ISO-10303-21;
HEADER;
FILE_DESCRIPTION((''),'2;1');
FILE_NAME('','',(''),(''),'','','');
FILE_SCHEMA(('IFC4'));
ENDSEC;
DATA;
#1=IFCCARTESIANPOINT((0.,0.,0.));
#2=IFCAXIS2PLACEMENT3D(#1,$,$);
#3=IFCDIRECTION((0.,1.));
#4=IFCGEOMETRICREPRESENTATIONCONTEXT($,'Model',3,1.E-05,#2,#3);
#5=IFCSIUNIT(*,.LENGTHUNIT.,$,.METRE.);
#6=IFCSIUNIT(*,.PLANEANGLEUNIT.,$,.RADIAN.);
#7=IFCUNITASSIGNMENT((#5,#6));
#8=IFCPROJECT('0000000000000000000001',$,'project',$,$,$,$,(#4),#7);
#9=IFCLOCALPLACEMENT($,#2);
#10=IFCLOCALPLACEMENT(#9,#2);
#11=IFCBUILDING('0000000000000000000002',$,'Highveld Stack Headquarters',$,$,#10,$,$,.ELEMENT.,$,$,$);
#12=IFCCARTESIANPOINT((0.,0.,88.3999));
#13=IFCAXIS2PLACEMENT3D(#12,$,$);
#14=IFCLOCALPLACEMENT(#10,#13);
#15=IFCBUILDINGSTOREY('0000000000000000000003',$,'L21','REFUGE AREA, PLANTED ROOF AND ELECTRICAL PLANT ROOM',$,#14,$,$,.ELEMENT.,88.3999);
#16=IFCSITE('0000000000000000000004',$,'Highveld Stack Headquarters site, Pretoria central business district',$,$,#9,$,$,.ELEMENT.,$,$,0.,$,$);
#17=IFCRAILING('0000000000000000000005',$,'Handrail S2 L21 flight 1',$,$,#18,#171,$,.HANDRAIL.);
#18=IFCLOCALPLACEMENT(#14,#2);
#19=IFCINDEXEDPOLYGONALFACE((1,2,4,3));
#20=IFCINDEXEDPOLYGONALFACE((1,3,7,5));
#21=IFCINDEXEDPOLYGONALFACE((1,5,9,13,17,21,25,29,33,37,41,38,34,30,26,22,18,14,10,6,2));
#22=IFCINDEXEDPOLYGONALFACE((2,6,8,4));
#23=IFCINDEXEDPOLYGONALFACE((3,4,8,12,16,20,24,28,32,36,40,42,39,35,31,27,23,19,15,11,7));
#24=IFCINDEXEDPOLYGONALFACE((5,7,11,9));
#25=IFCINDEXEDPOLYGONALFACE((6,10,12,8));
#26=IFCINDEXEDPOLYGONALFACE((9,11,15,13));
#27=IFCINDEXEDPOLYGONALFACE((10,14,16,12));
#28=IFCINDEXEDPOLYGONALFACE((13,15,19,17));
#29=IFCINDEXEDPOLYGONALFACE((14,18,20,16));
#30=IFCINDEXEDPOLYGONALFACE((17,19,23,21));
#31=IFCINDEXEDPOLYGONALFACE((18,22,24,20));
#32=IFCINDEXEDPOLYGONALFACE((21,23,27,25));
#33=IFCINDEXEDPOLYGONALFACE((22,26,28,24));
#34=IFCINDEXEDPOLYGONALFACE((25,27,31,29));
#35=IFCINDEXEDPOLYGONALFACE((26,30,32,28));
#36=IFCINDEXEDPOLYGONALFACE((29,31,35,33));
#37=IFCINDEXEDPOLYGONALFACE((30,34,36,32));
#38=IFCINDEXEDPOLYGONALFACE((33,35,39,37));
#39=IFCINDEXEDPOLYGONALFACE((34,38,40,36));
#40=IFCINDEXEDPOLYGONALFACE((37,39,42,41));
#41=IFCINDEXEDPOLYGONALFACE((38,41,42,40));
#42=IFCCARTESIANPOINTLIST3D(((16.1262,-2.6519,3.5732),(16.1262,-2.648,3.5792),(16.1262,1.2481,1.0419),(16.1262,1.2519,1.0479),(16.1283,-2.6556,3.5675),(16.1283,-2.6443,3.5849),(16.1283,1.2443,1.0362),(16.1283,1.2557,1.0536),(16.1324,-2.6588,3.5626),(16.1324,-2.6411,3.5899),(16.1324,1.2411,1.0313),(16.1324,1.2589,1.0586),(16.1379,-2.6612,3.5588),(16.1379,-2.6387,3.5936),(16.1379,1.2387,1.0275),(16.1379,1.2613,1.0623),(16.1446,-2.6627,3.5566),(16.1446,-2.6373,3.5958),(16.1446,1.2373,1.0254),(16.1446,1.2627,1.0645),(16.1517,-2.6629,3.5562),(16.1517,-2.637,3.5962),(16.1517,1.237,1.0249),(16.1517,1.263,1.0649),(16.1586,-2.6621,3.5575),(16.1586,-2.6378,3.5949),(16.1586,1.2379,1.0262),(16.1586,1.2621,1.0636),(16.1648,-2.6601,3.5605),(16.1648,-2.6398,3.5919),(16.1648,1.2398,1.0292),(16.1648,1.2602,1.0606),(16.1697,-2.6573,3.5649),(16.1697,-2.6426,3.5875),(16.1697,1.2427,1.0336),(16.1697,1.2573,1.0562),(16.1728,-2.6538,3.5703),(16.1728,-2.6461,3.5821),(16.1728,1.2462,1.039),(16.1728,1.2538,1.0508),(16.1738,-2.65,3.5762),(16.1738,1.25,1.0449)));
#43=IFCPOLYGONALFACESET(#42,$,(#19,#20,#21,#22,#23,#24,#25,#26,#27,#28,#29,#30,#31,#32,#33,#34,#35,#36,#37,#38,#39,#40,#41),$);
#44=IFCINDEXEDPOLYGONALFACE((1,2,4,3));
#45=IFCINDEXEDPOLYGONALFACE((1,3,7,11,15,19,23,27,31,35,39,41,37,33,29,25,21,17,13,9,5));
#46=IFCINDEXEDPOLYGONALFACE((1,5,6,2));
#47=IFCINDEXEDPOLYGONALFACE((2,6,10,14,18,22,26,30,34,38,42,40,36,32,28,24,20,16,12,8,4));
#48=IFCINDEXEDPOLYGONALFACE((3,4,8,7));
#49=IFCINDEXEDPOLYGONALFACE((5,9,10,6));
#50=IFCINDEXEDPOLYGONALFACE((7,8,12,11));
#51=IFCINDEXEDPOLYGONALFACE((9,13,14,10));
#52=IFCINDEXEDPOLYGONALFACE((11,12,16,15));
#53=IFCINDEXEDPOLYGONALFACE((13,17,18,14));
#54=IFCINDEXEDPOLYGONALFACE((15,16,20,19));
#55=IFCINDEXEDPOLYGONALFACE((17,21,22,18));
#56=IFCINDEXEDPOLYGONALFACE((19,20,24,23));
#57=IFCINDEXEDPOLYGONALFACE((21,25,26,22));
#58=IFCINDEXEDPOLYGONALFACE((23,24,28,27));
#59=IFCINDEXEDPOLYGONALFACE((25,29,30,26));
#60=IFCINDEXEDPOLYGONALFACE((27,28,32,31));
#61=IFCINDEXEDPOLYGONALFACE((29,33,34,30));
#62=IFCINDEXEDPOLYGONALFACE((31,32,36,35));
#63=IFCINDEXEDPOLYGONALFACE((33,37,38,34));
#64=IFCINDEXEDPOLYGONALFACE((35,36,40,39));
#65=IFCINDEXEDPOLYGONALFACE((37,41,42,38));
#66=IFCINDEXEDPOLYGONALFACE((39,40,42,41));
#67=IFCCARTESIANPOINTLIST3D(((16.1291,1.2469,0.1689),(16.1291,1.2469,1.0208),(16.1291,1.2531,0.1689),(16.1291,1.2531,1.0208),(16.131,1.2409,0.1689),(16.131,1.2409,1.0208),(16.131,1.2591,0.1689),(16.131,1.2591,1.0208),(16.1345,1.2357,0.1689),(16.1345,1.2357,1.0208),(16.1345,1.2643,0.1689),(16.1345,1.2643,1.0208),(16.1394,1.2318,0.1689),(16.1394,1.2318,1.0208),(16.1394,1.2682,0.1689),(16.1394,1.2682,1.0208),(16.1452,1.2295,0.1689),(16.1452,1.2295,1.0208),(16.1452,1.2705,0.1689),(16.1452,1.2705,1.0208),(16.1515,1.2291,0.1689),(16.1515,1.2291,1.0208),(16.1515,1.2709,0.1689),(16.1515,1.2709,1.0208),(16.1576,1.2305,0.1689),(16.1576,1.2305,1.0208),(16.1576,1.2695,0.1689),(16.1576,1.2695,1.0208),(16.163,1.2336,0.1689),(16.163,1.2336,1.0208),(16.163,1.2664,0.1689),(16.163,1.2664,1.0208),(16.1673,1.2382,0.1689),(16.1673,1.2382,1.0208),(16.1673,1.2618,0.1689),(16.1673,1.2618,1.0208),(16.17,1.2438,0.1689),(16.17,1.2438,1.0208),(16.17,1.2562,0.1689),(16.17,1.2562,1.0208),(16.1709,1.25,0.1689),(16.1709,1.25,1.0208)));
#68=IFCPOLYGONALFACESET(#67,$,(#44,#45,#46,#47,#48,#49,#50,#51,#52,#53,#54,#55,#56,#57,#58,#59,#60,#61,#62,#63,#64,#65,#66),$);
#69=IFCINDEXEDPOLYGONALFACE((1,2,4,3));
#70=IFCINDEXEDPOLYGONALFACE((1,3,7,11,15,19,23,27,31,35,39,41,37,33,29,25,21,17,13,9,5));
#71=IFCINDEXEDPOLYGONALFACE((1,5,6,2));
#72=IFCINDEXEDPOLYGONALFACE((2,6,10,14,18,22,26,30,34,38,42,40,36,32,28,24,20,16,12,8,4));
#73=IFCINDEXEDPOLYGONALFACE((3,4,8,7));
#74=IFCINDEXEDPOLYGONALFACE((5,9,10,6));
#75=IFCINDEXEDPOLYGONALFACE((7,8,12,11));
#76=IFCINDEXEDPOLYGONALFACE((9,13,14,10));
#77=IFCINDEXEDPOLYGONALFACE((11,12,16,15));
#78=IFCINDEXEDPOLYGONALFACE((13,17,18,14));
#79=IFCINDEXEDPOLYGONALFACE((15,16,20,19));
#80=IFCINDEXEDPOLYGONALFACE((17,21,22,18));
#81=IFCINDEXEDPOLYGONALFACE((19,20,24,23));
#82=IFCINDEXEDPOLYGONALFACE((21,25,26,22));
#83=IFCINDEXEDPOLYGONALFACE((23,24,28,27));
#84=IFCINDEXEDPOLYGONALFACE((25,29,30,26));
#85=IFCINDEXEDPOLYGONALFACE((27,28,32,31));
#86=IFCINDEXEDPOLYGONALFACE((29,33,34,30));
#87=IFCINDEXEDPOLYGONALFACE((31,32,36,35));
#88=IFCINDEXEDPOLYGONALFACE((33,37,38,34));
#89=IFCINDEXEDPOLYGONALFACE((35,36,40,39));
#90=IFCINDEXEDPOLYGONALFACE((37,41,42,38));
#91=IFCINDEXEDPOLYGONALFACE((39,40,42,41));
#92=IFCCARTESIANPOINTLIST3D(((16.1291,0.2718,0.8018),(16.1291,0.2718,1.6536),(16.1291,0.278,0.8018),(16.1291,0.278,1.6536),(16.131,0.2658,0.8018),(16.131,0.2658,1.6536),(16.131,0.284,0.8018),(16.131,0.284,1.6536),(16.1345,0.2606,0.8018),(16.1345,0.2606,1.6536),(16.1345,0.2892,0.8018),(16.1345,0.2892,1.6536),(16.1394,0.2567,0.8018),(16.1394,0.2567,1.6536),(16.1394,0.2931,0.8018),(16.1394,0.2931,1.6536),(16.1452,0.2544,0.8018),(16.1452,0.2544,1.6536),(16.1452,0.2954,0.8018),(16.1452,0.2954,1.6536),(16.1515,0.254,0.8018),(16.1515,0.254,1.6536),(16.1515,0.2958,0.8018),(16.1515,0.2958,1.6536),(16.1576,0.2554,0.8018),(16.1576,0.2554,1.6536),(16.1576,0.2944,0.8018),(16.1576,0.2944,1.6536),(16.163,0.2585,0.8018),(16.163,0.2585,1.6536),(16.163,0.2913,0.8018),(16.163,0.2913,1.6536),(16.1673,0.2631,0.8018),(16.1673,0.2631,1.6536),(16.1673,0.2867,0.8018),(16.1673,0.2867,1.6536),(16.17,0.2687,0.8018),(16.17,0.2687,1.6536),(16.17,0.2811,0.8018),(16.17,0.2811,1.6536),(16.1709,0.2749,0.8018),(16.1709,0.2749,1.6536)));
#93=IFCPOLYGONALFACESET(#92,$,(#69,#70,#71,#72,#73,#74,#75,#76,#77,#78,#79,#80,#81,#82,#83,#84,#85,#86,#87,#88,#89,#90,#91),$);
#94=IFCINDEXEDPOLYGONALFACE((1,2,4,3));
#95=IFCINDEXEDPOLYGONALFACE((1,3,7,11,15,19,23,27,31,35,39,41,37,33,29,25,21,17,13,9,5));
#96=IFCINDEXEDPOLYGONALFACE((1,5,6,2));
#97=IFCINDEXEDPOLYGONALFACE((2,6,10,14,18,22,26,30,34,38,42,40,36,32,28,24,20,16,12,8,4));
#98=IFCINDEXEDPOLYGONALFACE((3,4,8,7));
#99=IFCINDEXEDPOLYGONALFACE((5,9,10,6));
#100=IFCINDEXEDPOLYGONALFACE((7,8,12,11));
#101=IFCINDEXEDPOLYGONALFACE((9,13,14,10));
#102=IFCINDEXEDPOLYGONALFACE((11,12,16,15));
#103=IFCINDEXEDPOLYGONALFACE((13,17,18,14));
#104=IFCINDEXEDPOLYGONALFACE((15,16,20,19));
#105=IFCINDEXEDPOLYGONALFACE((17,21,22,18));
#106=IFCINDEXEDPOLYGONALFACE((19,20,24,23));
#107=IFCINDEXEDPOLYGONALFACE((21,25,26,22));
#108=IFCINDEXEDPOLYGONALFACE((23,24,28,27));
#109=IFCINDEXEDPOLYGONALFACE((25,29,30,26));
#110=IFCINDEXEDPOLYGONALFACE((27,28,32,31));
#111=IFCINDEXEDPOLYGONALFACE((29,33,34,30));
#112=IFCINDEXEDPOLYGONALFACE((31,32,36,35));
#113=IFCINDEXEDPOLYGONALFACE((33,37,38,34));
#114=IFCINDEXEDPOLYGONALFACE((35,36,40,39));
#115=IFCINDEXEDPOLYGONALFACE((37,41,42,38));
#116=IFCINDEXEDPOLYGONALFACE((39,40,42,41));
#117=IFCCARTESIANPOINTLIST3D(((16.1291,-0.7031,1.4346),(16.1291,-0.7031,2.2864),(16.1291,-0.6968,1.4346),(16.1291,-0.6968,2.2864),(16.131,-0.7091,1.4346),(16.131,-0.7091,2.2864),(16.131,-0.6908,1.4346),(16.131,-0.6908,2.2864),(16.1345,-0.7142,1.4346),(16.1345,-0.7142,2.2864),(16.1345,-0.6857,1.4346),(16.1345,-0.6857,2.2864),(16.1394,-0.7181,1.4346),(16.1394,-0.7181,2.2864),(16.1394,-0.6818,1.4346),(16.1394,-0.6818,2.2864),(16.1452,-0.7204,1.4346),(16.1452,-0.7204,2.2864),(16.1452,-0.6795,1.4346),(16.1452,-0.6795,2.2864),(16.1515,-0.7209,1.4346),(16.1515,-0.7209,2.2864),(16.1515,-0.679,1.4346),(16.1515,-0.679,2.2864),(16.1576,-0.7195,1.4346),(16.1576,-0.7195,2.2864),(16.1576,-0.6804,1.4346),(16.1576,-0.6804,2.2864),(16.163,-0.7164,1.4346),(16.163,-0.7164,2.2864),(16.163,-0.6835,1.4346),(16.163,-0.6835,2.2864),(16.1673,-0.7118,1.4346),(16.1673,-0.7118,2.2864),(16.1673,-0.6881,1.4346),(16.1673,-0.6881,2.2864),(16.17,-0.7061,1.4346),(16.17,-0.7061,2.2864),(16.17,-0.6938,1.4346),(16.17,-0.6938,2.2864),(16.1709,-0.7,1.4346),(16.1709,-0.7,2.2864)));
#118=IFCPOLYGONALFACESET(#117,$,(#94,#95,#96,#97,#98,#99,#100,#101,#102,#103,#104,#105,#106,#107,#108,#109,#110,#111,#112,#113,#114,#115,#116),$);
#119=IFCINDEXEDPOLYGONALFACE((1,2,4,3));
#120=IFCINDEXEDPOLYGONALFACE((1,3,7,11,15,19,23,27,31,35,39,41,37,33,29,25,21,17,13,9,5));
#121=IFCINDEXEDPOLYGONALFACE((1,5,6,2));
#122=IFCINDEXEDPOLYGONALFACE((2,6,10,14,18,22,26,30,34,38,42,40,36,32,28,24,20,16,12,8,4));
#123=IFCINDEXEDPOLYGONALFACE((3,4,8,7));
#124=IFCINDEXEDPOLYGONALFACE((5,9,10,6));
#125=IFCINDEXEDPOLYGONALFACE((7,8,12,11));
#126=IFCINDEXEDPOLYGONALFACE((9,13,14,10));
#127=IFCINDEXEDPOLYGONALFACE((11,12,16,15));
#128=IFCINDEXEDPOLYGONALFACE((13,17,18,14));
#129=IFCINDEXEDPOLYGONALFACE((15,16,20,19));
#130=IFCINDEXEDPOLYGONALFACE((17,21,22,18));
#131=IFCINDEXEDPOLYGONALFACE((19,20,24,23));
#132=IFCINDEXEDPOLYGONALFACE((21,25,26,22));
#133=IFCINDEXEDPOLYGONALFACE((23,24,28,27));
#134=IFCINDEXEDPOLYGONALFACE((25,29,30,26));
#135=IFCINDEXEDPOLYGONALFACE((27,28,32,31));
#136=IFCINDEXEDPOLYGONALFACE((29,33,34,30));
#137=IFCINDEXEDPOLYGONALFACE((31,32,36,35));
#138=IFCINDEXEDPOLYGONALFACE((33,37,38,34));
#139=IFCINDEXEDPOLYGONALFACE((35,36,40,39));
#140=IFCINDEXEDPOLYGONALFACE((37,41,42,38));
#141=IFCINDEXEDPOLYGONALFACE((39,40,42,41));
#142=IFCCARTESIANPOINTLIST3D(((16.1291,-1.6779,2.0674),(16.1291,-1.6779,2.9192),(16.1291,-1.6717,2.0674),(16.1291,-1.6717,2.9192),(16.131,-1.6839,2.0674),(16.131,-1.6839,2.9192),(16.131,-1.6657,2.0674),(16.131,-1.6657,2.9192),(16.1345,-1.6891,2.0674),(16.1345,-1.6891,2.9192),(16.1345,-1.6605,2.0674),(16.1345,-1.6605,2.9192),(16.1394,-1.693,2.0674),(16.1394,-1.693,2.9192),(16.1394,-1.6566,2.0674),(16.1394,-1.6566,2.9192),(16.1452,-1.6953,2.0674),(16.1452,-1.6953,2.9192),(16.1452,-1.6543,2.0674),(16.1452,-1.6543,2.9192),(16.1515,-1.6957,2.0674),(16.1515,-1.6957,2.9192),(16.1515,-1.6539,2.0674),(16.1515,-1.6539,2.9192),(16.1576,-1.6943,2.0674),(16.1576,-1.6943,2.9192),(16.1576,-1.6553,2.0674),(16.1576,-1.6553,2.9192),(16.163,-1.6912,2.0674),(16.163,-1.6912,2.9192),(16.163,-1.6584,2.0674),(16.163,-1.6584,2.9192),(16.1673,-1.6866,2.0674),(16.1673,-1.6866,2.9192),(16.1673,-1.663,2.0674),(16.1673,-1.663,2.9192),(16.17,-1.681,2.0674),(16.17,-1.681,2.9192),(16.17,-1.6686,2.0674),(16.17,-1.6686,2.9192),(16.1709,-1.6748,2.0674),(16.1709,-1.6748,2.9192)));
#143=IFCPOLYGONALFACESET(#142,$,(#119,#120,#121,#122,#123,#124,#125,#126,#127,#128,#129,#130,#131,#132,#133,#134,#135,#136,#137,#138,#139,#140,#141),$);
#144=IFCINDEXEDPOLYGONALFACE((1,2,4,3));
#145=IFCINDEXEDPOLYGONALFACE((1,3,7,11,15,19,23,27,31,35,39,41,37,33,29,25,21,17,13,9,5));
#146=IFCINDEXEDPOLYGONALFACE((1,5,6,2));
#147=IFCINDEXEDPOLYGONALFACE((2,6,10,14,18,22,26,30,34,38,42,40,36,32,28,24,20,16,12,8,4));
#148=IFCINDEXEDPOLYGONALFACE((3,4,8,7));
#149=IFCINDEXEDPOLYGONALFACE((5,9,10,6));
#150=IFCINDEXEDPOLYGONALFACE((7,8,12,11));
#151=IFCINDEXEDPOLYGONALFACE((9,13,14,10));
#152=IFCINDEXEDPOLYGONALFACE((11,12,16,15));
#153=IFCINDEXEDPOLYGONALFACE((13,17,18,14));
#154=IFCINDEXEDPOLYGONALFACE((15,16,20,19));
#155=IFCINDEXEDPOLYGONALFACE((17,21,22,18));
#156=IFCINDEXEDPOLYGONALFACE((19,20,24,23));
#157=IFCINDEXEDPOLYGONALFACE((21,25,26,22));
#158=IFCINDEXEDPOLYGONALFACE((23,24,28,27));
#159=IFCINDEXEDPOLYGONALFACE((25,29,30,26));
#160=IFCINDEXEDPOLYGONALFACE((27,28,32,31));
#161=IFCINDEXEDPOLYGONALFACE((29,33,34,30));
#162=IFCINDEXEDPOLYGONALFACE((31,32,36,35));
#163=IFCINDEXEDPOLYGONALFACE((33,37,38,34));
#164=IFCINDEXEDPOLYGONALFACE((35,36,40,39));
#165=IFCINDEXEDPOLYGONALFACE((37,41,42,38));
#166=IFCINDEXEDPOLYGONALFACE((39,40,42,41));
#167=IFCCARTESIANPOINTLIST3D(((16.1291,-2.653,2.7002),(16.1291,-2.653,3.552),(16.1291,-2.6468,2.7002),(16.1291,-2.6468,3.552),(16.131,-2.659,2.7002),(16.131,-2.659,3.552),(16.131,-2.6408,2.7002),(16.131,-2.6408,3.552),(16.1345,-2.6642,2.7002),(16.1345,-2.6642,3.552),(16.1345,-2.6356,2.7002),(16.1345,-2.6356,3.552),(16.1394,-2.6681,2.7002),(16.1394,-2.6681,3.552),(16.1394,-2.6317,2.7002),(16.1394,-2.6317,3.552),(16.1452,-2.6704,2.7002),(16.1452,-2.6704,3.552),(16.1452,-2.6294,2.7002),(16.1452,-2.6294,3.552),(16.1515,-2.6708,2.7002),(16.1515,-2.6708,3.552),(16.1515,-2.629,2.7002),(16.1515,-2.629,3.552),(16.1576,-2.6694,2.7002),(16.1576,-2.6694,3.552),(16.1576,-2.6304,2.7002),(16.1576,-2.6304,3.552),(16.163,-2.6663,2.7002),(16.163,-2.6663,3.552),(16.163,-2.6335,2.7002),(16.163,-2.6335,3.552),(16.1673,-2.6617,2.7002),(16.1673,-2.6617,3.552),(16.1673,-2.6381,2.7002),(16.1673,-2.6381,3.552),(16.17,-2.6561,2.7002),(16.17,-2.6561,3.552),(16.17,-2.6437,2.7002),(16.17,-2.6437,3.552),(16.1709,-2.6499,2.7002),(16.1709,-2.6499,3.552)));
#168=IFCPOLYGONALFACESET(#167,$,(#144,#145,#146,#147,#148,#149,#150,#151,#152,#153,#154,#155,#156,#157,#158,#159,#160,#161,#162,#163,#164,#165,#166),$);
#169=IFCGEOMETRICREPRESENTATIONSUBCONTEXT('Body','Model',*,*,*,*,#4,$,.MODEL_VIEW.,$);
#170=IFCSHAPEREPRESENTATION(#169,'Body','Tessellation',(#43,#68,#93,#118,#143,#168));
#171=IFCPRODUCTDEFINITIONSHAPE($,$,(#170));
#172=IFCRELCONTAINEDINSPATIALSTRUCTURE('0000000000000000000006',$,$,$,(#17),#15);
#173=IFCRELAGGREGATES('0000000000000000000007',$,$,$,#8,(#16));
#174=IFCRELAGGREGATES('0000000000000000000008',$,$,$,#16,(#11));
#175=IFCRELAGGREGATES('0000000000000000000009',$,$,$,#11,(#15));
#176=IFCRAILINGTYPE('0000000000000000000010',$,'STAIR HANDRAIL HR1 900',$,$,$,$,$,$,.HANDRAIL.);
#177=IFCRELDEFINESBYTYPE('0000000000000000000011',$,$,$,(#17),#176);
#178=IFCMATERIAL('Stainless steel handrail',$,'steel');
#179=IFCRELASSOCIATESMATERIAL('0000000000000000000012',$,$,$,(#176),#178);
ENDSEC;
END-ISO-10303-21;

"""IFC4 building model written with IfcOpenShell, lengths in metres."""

from ifc_helpers import new_model, si_unit, direction, frame, origin, origin_2d, place, context, subcontext, project, spatial, circle, extrude, material, type_object, element, save


model = new_model("IFC4")

# Units and contexts
model_context = context("Model", 3, precision=1e-05, world=origin(), true_north=direction((0.0, 1.0)))
body_context = subcontext(model_context, "Body", "Model", "MODEL_VIEW")
ifc_project = project(units=[si_unit("LENGTHUNIT", "METRE"), si_unit("PLANEANGLEUNIT", "RADIAN")], contexts=[model_context])

# Site, building, storey
site_placement = place(None, origin())
site = spatial("IfcSite", under=ifc_project, at=site_placement, Name="Highveld Stack Headquarters site, Pretoria central business district", CompositionType="ELEMENT", RefElevation=0.0)
building_placement = place(site_placement, origin())
building = spatial("IfcBuilding", under=site, at=building_placement, Name="Highveld Stack Headquarters", CompositionType="ELEMENT")
storey_placement = place(building_placement, frame((0.0, 0.0, 88.3999)))
storey = spatial("IfcBuildingStorey", under=building, at=storey_placement, Name="L21", Description="REFUGE AREA, PLANTED ROOF AND ELECTRICAL PLANT ROOM", CompositionType="ELEMENT", Elevation=88.3999)

# Railing
ifc_material_1 = material(Name="Stainless steel handrail", Category="steel")
railing_type = type_object("IfcRailingType", Name="STAIR HANDRAIL HR1 900", PredefinedType="HANDRAIL", material=ifc_material_1)
for number, where, name in (
    (1, (16.1499, 1.25, 0.1689), "Handrail S2 L21 flight 1"),
):
    element("IfcRailing", number, at=place(storey_placement, frame(where)), inside=storey, type_object=railing_type, Name=name, PredefinedType="HANDRAIL", context=body_context, shape_type="SweptSolid", body=[
        extrude(circle(Radius=0.0239, at=origin_2d()), frame((0.0, 0.0, 0.876), z_axis=(0.0, -0.838806, 0.544431), x_axis=(1.0, 0.0, 0.0)), (0.0, 0.0, 1.0), 4.6494),
        extrude(circle(Radius=0.021, at=origin_2d()), origin(), (0.0, 0.0, 1.0), 0.8518),
        extrude(circle(Radius=0.021, at=origin_2d()), frame((0.0, -0.9751, 0.6328)), (0.0, 0.0, 1.0), 0.8518),
        extrude(circle(Radius=0.021, at=origin_2d()), frame((0.0, -1.95, 1.2656)), (0.0, 0.0, 1.0), 0.8518),
        extrude(circle(Radius=0.021, at=origin_2d()), frame((0.0, -2.9248, 1.8984)), (0.0, 0.0, 1.0), 0.8518),
        extrude(circle(Radius=0.021, at=origin_2d()), frame((0.0, -3.8999, 2.5312)), (0.0, 0.0, 1.0), 0.8518),
    ])

save(model, "model.ifc")
